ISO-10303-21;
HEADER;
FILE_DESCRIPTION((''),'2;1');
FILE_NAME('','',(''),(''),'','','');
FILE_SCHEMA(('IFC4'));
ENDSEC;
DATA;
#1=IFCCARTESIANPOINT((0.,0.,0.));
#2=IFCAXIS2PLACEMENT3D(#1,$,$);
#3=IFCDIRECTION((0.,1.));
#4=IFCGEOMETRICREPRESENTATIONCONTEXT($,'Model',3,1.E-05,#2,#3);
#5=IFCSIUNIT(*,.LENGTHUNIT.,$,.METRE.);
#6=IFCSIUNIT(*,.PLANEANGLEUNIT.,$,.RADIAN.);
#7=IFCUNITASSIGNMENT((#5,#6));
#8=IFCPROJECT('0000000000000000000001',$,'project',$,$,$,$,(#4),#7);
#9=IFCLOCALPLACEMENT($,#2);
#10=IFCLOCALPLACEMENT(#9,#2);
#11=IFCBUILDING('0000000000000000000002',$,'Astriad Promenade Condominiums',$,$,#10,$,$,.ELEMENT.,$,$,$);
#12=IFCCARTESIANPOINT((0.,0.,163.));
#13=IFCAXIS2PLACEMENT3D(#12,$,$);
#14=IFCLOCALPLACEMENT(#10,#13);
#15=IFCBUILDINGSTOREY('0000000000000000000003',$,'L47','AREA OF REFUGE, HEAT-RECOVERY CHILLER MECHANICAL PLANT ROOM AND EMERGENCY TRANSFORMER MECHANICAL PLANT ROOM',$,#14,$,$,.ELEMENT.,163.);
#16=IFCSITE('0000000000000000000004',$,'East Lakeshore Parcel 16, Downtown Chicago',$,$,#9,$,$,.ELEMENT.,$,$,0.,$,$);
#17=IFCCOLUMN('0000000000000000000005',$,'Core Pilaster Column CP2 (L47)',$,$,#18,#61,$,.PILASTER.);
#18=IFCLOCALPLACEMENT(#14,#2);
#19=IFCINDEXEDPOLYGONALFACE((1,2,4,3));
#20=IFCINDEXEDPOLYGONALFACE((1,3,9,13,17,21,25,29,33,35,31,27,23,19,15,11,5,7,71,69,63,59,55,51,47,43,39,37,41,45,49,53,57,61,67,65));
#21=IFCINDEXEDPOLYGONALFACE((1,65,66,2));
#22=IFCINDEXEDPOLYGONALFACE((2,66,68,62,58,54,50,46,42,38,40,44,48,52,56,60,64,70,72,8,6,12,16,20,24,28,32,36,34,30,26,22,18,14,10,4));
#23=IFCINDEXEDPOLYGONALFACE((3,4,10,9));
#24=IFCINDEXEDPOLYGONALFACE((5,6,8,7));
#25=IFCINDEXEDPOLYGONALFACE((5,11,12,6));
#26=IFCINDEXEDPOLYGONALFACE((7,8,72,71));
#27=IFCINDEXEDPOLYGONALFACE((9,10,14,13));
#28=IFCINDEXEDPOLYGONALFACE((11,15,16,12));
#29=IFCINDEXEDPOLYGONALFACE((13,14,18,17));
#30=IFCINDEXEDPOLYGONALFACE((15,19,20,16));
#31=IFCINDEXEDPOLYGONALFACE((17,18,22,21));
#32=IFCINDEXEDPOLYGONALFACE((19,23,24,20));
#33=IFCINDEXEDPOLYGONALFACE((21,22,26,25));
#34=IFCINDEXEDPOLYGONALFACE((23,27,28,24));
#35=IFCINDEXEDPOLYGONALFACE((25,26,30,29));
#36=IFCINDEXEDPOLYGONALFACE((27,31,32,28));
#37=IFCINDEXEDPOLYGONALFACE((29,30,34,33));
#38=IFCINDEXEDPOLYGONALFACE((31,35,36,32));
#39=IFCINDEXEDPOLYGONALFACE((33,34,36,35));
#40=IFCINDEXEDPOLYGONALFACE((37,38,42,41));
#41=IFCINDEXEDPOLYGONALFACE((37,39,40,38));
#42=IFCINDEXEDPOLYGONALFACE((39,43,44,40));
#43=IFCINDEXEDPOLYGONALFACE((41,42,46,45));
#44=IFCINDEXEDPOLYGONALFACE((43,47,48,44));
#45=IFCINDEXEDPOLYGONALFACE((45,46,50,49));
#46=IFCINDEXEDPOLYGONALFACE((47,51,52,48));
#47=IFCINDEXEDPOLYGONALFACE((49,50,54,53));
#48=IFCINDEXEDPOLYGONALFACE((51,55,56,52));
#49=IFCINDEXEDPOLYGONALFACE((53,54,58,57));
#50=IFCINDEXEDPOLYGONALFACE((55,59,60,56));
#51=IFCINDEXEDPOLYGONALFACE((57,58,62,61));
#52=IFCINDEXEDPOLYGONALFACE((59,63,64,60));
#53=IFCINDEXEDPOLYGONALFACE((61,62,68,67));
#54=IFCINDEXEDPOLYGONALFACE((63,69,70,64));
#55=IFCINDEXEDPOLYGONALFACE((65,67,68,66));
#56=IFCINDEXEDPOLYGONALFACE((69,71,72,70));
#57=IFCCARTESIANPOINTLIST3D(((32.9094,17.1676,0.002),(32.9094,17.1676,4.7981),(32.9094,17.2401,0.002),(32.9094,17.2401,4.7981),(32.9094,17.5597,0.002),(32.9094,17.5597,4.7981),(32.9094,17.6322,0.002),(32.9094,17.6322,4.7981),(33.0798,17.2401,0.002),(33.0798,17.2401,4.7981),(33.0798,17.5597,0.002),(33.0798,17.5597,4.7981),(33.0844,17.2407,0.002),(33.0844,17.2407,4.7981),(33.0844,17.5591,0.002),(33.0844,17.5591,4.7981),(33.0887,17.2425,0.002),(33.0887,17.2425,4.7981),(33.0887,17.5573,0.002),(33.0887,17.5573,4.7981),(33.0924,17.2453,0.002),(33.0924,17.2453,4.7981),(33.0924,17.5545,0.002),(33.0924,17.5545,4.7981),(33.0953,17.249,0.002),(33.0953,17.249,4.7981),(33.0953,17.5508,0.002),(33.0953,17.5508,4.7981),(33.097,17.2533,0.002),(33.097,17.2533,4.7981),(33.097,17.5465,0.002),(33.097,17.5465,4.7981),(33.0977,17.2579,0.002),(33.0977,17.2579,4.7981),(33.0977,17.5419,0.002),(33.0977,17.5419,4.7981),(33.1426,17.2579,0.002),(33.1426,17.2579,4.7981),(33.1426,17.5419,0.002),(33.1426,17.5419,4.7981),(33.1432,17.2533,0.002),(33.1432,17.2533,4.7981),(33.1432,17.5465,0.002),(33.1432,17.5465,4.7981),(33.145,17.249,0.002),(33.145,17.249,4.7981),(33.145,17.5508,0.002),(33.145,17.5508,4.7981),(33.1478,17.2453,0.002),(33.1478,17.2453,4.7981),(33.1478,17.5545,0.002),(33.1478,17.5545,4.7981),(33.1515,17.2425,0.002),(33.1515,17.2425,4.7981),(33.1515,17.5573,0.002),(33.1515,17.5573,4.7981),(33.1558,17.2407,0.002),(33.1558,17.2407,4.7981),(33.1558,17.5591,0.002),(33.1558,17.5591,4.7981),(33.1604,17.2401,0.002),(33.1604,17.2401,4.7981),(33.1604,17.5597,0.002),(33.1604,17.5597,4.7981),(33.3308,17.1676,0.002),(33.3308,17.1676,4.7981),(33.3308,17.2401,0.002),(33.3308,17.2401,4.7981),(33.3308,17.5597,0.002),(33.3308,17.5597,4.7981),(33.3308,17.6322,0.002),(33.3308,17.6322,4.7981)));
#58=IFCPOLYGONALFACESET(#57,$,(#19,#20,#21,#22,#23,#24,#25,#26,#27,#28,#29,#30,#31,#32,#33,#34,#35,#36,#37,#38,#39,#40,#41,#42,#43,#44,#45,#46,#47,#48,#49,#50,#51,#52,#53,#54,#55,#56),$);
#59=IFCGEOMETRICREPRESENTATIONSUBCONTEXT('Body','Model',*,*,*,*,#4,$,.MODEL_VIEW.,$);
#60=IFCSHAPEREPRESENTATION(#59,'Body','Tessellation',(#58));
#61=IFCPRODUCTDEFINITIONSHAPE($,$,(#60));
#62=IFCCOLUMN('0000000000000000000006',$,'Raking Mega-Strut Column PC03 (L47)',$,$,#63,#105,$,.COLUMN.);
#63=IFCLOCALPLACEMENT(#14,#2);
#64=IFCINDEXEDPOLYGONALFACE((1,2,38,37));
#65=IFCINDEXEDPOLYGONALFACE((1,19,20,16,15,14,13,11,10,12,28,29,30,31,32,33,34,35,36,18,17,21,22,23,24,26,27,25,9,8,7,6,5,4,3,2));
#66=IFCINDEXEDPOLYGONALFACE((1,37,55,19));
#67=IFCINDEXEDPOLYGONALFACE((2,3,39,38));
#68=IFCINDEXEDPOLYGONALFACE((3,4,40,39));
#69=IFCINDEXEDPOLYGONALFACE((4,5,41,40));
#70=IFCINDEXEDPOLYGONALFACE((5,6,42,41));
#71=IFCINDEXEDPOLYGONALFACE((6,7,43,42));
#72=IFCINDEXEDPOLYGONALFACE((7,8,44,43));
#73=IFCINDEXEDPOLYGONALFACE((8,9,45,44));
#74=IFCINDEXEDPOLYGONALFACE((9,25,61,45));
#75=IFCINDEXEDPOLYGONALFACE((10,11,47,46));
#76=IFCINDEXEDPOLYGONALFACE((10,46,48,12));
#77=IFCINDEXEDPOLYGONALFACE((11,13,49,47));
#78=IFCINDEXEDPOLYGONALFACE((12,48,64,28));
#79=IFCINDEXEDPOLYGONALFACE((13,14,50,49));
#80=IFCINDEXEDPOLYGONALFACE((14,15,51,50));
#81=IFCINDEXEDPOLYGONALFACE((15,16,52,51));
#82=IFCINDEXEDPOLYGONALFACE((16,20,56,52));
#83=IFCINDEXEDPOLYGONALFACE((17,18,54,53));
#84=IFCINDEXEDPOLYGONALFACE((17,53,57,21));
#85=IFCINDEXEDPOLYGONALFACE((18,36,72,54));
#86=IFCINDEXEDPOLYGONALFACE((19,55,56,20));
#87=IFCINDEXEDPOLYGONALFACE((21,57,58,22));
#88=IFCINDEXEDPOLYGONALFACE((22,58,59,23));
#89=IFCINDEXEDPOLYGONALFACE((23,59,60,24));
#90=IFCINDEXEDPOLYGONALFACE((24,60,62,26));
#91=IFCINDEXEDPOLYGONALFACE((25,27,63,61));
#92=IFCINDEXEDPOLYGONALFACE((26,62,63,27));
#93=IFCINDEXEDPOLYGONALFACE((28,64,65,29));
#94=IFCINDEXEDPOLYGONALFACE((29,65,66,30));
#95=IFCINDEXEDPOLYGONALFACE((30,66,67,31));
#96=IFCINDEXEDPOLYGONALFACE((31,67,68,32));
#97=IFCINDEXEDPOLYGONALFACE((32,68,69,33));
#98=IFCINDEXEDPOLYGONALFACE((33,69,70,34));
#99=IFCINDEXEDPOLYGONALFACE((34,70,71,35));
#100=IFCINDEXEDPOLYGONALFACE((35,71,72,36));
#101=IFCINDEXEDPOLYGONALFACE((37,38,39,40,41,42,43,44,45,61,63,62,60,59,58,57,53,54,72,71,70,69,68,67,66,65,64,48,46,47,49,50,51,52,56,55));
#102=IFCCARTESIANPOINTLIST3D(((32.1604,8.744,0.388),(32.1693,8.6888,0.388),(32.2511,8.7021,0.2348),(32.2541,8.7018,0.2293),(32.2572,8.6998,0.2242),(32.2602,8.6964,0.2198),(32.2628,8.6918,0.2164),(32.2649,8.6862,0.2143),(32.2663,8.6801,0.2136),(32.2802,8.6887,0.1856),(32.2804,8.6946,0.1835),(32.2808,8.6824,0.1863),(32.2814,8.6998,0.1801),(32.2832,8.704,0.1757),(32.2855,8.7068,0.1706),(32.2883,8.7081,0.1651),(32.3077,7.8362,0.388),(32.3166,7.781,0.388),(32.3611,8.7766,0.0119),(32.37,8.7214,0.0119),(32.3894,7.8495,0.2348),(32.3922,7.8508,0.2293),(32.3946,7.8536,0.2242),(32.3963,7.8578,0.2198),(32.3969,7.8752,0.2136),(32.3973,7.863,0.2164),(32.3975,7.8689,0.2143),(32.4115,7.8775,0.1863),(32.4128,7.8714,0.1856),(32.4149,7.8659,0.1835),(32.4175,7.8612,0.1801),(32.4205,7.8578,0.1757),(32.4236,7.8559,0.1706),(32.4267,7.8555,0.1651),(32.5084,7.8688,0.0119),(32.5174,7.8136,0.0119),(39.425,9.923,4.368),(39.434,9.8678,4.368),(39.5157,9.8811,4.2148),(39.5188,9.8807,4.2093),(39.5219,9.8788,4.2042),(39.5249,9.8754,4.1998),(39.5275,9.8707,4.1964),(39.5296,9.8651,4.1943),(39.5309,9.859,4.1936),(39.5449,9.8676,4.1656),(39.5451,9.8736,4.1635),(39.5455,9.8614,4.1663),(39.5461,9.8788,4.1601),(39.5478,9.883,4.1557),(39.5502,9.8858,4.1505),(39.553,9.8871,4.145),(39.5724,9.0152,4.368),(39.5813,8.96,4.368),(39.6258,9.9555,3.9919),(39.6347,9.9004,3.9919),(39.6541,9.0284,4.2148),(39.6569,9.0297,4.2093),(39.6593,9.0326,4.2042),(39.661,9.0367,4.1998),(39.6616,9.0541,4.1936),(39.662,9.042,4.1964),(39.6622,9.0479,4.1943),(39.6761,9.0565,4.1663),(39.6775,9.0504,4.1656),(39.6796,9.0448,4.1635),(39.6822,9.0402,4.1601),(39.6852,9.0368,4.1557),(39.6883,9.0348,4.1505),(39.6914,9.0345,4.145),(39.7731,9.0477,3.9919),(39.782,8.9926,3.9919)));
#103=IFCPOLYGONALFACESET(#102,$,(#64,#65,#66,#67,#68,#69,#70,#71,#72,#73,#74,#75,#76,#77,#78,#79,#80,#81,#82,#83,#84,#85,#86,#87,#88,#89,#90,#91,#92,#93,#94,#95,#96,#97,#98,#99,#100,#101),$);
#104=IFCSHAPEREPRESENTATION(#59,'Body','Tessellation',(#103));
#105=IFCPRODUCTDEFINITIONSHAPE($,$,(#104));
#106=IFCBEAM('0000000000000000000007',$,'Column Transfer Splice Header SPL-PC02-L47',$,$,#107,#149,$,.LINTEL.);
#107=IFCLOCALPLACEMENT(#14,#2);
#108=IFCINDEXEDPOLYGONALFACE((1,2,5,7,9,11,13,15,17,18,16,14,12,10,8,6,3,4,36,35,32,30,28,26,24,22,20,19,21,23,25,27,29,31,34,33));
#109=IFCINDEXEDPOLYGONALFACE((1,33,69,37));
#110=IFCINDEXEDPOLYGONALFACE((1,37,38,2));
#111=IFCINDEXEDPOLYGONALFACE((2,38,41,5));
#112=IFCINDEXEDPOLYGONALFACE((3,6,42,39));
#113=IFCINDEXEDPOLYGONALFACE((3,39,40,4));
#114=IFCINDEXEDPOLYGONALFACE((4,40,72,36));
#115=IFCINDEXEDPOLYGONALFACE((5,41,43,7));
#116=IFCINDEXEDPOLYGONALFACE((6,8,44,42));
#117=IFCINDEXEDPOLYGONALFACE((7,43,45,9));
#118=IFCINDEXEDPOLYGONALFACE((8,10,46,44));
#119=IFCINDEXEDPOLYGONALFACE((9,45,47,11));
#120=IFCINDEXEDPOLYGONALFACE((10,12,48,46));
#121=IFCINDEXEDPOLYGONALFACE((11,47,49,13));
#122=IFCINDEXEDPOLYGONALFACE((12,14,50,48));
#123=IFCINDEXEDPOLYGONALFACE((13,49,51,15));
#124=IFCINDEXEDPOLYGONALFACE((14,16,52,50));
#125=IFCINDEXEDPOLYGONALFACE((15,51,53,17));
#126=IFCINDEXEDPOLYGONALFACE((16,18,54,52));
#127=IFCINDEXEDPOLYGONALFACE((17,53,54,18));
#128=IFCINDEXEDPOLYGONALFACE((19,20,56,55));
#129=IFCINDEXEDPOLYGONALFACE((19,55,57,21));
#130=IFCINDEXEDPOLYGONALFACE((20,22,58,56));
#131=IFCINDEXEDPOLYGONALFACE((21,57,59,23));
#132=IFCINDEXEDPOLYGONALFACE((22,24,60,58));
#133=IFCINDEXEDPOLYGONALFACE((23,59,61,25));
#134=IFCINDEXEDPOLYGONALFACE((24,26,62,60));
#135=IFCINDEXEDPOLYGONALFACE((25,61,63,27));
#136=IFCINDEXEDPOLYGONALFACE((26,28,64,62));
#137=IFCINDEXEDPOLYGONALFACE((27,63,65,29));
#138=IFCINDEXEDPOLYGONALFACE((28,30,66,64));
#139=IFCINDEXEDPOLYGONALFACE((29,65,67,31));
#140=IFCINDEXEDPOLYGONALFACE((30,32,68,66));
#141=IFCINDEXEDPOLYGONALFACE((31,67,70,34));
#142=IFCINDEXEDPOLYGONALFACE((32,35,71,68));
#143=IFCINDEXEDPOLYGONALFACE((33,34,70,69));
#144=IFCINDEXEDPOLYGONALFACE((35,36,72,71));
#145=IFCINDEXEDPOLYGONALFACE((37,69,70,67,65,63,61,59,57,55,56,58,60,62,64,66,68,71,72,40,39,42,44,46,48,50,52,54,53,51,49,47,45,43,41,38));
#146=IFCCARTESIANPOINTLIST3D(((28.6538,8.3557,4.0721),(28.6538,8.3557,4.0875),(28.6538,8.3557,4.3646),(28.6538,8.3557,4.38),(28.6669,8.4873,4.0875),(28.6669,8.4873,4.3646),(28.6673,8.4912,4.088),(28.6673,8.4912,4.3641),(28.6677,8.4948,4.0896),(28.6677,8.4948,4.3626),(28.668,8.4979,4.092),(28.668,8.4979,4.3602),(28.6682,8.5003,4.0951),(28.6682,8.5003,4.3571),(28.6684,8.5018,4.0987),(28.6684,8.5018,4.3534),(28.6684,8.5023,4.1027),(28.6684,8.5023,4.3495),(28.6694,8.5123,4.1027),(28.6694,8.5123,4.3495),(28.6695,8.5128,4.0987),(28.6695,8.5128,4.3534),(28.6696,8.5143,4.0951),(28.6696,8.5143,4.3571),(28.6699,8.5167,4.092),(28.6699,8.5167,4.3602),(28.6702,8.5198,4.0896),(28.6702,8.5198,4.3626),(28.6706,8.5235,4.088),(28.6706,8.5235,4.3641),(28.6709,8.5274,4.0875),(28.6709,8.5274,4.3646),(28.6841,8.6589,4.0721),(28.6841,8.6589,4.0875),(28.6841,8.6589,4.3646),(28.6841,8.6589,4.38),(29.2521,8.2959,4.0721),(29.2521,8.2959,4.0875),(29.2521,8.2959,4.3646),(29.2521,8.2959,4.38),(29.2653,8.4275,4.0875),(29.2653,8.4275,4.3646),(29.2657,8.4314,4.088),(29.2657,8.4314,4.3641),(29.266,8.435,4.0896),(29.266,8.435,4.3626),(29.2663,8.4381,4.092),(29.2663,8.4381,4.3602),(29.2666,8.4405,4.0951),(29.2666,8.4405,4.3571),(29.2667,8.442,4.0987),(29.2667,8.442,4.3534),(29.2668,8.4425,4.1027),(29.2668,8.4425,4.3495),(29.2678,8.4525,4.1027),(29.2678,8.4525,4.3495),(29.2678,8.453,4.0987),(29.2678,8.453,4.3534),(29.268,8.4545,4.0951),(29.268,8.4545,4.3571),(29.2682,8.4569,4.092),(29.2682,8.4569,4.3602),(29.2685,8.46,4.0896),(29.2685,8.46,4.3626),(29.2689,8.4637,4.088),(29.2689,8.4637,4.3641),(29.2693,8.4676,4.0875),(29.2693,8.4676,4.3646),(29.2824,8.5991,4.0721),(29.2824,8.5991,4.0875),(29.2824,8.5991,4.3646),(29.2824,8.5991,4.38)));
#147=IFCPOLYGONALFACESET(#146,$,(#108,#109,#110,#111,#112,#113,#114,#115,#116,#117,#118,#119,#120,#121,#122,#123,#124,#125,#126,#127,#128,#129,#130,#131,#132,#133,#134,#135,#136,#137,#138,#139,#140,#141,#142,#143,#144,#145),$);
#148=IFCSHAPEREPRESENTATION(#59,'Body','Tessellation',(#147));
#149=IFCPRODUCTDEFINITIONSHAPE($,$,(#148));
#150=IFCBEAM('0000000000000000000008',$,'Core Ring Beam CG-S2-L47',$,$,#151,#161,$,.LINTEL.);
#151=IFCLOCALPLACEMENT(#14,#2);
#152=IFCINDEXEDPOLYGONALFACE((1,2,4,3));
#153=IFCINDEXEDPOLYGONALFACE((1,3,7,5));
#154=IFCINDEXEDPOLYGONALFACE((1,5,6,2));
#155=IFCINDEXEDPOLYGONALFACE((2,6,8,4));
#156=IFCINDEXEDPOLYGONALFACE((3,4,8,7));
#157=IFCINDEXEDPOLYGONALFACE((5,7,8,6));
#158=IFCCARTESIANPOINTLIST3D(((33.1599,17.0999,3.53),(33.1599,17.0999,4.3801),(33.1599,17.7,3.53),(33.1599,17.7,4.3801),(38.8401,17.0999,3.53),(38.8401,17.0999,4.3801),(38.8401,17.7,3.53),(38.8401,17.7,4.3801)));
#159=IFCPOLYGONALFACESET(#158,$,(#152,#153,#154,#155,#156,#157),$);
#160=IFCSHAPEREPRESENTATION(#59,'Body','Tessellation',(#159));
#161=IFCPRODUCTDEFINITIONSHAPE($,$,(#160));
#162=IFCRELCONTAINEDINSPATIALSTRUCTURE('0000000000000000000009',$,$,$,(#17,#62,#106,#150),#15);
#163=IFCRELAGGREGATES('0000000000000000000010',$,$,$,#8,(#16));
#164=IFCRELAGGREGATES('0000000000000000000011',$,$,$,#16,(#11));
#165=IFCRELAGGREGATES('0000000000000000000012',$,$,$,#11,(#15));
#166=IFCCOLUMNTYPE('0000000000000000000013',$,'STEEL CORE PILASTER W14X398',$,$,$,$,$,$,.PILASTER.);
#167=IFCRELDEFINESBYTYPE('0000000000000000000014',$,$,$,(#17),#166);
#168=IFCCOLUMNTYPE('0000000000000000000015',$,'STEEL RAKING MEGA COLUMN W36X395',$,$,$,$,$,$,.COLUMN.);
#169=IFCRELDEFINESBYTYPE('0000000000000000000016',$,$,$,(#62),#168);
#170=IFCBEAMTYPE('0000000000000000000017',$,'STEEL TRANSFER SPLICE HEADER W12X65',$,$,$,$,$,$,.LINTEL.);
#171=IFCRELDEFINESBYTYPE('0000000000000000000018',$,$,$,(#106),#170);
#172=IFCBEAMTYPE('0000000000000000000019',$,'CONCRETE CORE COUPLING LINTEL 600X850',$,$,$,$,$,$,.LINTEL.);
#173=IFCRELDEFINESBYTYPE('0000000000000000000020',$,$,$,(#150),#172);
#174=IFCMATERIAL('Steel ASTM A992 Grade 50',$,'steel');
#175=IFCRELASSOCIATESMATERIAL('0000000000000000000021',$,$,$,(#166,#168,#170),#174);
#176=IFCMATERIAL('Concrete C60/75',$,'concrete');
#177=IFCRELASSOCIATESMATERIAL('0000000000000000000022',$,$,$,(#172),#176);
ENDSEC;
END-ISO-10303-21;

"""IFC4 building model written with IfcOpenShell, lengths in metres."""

from ifc_helpers import new_model, si_unit, direction, frame, origin, origin_2d, place, context, subcontext, project, spatial, rectangle, i_section, extrude, source, transform, mapped, material, material_profile, profile_set, type_object, type_shapes, element, save


model = new_model("IFC4")

# Units and contexts
model_context = context("Model", 3, precision=1e-05, world=origin(), true_north=direction((0.0, 1.0)))
body_context = subcontext(model_context, "Body", "Model", "MODEL_VIEW")
ifc_project = project(units=[si_unit("LENGTHUNIT", "METRE"), si_unit("PLANEANGLEUNIT", "RADIAN")], contexts=[model_context])

# Site, building, storey
site_placement = place(None, origin())
site = spatial("IfcSite", under=ifc_project, at=site_placement, Name="East Lakeshore Parcel 16, Downtown Chicago", CompositionType="ELEMENT", RefElevation=0.0)
building_placement = place(site_placement, origin())
building = spatial("IfcBuilding", under=site, at=building_placement, Name="Astriad Promenade Condominiums", CompositionType="ELEMENT")
storey_placement = place(building_placement, frame((0.0, 0.0, 163.0)))
storey = spatial("IfcBuildingStorey", under=building, at=storey_placement, Name="L47", Description="AREA OF REFUGE, HEAT-RECOVERY CHILLER MECHANICAL PLANT ROOM AND EMERGENCY TRANSFORMER MECHANICAL PLANT ROOM", CompositionType="ELEMENT", Elevation=163.0)

# Columns
ifc_material_1 = material(Name="Steel ASTM A992 Grade 50", Category="steel")
ifc_material_profile_1 = material_profile(ifc_material_1, i_section(OverallWidth=0.4214, OverallDepth=0.4646, WebThickness=0.0449, FlangeThickness=0.0725, FilletRadius=0.0178, at=origin_2d()), Name="W14X398")
ifc_profile_set_1 = profile_set([ifc_material_profile_1], Name="Steel ASTM A992 Grade 50")
column_type_1 = type_object("IfcColumnType", Name="STEEL CORE PILASTER W14X398", PredefinedType="PILASTER", material=ifc_profile_set_1)
shared_shape_1 = source(origin(), body_context, "Body", "SweptSolid", [
    extrude(i_section(OverallWidth=0.4214, OverallDepth=0.4646, WebThickness=0.0449, FlangeThickness=0.0725, FilletRadius=0.0178, at=origin_2d()), origin(), (0.0, 0.0, 1.0), 4.7961),
])
type_shapes(column_type_1, [shared_shape_1])
column_1_placement = place(storey_placement, frame((33.1201, 17.3999, 0.002), z_axis=(0.0, 0.0, 1.0), x_axis=(1.0, 0.0, 0.0)))
element("IfcColumn", 1, at=column_1_placement, inside=storey, type_object=column_type_1, Name="Core Pilaster Column CP2 (L47)", PredefinedType="PILASTER", context=body_context, shape_type="MappedRepresentation", body=[
    mapped(shared_shape_1, transform((0.0, 0.0, 0.0), scale=1.0)),
])
ifc_material_profile_2 = material_profile(ifc_material_1, i_section(OverallWidth=0.4275, OverallDepth=0.9756, WebThickness=0.031, FlangeThickness=0.0559, FilletRadius=0.0242, at=origin_2d()), Name="W36X395")
ifc_profile_set_2 = profile_set([ifc_material_profile_2], Name="Steel ASTM A992 Grade 50")
column_type_2 = type_object("IfcColumnType", Name="STEEL RAKING MEGA COLUMN W36X395", PredefinedType="COLUMN", material=ifc_profile_set_2)
shared_shape_2 = source(origin(), body_context, "Body", "SweptSolid", [
    extrude(i_section(OverallWidth=0.4275, OverallDepth=0.9756, WebThickness=0.031, FlangeThickness=0.0559, FilletRadius=0.0242, at=origin_2d()), origin(), (0.0, 0.0, 1.0), 8.3669),
])
type_shapes(column_type_2, [shared_shape_2])
column_2_placement = place(storey_placement, frame((32.3389, 8.2788, 0.2), z_axis=(0.868259, 0.140907, 0.475681), x_axis=(-0.469538, -0.0762, 0.879618)))
element("IfcColumn", 2, at=column_2_placement, inside=storey, type_object=column_type_2, Name="Raking Mega-Strut Column PC03 (L47)", PredefinedType="COLUMN", context=body_context, shape_type="MappedRepresentation", body=[
    mapped(shared_shape_2, transform((0.0, 0.0, 0.0), scale=1.0)),
])

# Beams
ifc_material_profile_3 = material_profile(ifc_material_1, i_section(OverallWidth=0.3047, OverallDepth=0.3079, WebThickness=0.01, FlangeThickness=0.0154, FilletRadius=0.0151, at=origin_2d()), Name="W12X65")
ifc_profile_set_3 = profile_set([ifc_material_profile_3], Name="Steel ASTM A992 Grade 50")
beam_type_1 = type_object("IfcBeamType", Name="STEEL TRANSFER SPLICE HEADER W12X65", PredefinedType="LINTEL", material=ifc_profile_set_3)
shared_shape_3 = source(origin(), body_context, "Body", "SweptSolid", [
    extrude(i_section(OverallWidth=0.3047, OverallDepth=0.3079, WebThickness=0.01, FlangeThickness=0.0154, FilletRadius=0.0151, at=origin_2d()), origin(), (0.0, 0.0, 1.0), 0.6013),
])
type_shapes(beam_type_1, [shared_shape_3])
beam_1_placement = place(storey_placement, frame((28.6689, 8.5073, 4.2261), z_axis=(0.995041, -0.099464, 0.0), x_axis=(0.099464, 0.995041, 0.0)))
element("IfcBeam", 3, at=beam_1_placement, inside=storey, type_object=beam_type_1, Name="Column Transfer Splice Header SPL-PC02-L47", PredefinedType="LINTEL", context=body_context, shape_type="MappedRepresentation", body=[
    mapped(shared_shape_3, transform((0.0, 0.0, 0.0), scale=1.0)),
])
ifc_material_2 = material(Name="Concrete C60/75", Category="concrete")
ifc_material_profile_4 = material_profile(ifc_material_2, rectangle(XDim=0.6001, YDim=0.8501, at=origin_2d()), Name="RC-BM-600X850")
ifc_profile_set_4 = profile_set([ifc_material_profile_4], Name="Concrete C60/75")
beam_type_2 = type_object("IfcBeamType", Name="CONCRETE CORE COUPLING LINTEL 600X850", PredefinedType="LINTEL", material=ifc_profile_set_4)
shared_shape_4 = source(origin(), body_context, "Body", "SweptSolid", [
    extrude(rectangle(XDim=0.6001, YDim=0.8501, at=origin_2d()), origin(), (0.0, 0.0, 1.0), 5.6802),
])
type_shapes(beam_type_2, [shared_shape_4])
beam_2_placement = place(storey_placement, frame((33.1599, 17.3999, 3.9551), z_axis=(1.0, 0.0, 0.0), x_axis=(0.0, 1.0, 0.0)))
element("IfcBeam", 4, at=beam_2_placement, inside=storey, type_object=beam_type_2, Name="Core Ring Beam CG-S2-L47", PredefinedType="LINTEL", context=body_context, shape_type="MappedRepresentation", body=[
    mapped(shared_shape_4, transform((0.0, 0.0, 0.0), scale=1.0)),
])

save(model, "model.ifc")
